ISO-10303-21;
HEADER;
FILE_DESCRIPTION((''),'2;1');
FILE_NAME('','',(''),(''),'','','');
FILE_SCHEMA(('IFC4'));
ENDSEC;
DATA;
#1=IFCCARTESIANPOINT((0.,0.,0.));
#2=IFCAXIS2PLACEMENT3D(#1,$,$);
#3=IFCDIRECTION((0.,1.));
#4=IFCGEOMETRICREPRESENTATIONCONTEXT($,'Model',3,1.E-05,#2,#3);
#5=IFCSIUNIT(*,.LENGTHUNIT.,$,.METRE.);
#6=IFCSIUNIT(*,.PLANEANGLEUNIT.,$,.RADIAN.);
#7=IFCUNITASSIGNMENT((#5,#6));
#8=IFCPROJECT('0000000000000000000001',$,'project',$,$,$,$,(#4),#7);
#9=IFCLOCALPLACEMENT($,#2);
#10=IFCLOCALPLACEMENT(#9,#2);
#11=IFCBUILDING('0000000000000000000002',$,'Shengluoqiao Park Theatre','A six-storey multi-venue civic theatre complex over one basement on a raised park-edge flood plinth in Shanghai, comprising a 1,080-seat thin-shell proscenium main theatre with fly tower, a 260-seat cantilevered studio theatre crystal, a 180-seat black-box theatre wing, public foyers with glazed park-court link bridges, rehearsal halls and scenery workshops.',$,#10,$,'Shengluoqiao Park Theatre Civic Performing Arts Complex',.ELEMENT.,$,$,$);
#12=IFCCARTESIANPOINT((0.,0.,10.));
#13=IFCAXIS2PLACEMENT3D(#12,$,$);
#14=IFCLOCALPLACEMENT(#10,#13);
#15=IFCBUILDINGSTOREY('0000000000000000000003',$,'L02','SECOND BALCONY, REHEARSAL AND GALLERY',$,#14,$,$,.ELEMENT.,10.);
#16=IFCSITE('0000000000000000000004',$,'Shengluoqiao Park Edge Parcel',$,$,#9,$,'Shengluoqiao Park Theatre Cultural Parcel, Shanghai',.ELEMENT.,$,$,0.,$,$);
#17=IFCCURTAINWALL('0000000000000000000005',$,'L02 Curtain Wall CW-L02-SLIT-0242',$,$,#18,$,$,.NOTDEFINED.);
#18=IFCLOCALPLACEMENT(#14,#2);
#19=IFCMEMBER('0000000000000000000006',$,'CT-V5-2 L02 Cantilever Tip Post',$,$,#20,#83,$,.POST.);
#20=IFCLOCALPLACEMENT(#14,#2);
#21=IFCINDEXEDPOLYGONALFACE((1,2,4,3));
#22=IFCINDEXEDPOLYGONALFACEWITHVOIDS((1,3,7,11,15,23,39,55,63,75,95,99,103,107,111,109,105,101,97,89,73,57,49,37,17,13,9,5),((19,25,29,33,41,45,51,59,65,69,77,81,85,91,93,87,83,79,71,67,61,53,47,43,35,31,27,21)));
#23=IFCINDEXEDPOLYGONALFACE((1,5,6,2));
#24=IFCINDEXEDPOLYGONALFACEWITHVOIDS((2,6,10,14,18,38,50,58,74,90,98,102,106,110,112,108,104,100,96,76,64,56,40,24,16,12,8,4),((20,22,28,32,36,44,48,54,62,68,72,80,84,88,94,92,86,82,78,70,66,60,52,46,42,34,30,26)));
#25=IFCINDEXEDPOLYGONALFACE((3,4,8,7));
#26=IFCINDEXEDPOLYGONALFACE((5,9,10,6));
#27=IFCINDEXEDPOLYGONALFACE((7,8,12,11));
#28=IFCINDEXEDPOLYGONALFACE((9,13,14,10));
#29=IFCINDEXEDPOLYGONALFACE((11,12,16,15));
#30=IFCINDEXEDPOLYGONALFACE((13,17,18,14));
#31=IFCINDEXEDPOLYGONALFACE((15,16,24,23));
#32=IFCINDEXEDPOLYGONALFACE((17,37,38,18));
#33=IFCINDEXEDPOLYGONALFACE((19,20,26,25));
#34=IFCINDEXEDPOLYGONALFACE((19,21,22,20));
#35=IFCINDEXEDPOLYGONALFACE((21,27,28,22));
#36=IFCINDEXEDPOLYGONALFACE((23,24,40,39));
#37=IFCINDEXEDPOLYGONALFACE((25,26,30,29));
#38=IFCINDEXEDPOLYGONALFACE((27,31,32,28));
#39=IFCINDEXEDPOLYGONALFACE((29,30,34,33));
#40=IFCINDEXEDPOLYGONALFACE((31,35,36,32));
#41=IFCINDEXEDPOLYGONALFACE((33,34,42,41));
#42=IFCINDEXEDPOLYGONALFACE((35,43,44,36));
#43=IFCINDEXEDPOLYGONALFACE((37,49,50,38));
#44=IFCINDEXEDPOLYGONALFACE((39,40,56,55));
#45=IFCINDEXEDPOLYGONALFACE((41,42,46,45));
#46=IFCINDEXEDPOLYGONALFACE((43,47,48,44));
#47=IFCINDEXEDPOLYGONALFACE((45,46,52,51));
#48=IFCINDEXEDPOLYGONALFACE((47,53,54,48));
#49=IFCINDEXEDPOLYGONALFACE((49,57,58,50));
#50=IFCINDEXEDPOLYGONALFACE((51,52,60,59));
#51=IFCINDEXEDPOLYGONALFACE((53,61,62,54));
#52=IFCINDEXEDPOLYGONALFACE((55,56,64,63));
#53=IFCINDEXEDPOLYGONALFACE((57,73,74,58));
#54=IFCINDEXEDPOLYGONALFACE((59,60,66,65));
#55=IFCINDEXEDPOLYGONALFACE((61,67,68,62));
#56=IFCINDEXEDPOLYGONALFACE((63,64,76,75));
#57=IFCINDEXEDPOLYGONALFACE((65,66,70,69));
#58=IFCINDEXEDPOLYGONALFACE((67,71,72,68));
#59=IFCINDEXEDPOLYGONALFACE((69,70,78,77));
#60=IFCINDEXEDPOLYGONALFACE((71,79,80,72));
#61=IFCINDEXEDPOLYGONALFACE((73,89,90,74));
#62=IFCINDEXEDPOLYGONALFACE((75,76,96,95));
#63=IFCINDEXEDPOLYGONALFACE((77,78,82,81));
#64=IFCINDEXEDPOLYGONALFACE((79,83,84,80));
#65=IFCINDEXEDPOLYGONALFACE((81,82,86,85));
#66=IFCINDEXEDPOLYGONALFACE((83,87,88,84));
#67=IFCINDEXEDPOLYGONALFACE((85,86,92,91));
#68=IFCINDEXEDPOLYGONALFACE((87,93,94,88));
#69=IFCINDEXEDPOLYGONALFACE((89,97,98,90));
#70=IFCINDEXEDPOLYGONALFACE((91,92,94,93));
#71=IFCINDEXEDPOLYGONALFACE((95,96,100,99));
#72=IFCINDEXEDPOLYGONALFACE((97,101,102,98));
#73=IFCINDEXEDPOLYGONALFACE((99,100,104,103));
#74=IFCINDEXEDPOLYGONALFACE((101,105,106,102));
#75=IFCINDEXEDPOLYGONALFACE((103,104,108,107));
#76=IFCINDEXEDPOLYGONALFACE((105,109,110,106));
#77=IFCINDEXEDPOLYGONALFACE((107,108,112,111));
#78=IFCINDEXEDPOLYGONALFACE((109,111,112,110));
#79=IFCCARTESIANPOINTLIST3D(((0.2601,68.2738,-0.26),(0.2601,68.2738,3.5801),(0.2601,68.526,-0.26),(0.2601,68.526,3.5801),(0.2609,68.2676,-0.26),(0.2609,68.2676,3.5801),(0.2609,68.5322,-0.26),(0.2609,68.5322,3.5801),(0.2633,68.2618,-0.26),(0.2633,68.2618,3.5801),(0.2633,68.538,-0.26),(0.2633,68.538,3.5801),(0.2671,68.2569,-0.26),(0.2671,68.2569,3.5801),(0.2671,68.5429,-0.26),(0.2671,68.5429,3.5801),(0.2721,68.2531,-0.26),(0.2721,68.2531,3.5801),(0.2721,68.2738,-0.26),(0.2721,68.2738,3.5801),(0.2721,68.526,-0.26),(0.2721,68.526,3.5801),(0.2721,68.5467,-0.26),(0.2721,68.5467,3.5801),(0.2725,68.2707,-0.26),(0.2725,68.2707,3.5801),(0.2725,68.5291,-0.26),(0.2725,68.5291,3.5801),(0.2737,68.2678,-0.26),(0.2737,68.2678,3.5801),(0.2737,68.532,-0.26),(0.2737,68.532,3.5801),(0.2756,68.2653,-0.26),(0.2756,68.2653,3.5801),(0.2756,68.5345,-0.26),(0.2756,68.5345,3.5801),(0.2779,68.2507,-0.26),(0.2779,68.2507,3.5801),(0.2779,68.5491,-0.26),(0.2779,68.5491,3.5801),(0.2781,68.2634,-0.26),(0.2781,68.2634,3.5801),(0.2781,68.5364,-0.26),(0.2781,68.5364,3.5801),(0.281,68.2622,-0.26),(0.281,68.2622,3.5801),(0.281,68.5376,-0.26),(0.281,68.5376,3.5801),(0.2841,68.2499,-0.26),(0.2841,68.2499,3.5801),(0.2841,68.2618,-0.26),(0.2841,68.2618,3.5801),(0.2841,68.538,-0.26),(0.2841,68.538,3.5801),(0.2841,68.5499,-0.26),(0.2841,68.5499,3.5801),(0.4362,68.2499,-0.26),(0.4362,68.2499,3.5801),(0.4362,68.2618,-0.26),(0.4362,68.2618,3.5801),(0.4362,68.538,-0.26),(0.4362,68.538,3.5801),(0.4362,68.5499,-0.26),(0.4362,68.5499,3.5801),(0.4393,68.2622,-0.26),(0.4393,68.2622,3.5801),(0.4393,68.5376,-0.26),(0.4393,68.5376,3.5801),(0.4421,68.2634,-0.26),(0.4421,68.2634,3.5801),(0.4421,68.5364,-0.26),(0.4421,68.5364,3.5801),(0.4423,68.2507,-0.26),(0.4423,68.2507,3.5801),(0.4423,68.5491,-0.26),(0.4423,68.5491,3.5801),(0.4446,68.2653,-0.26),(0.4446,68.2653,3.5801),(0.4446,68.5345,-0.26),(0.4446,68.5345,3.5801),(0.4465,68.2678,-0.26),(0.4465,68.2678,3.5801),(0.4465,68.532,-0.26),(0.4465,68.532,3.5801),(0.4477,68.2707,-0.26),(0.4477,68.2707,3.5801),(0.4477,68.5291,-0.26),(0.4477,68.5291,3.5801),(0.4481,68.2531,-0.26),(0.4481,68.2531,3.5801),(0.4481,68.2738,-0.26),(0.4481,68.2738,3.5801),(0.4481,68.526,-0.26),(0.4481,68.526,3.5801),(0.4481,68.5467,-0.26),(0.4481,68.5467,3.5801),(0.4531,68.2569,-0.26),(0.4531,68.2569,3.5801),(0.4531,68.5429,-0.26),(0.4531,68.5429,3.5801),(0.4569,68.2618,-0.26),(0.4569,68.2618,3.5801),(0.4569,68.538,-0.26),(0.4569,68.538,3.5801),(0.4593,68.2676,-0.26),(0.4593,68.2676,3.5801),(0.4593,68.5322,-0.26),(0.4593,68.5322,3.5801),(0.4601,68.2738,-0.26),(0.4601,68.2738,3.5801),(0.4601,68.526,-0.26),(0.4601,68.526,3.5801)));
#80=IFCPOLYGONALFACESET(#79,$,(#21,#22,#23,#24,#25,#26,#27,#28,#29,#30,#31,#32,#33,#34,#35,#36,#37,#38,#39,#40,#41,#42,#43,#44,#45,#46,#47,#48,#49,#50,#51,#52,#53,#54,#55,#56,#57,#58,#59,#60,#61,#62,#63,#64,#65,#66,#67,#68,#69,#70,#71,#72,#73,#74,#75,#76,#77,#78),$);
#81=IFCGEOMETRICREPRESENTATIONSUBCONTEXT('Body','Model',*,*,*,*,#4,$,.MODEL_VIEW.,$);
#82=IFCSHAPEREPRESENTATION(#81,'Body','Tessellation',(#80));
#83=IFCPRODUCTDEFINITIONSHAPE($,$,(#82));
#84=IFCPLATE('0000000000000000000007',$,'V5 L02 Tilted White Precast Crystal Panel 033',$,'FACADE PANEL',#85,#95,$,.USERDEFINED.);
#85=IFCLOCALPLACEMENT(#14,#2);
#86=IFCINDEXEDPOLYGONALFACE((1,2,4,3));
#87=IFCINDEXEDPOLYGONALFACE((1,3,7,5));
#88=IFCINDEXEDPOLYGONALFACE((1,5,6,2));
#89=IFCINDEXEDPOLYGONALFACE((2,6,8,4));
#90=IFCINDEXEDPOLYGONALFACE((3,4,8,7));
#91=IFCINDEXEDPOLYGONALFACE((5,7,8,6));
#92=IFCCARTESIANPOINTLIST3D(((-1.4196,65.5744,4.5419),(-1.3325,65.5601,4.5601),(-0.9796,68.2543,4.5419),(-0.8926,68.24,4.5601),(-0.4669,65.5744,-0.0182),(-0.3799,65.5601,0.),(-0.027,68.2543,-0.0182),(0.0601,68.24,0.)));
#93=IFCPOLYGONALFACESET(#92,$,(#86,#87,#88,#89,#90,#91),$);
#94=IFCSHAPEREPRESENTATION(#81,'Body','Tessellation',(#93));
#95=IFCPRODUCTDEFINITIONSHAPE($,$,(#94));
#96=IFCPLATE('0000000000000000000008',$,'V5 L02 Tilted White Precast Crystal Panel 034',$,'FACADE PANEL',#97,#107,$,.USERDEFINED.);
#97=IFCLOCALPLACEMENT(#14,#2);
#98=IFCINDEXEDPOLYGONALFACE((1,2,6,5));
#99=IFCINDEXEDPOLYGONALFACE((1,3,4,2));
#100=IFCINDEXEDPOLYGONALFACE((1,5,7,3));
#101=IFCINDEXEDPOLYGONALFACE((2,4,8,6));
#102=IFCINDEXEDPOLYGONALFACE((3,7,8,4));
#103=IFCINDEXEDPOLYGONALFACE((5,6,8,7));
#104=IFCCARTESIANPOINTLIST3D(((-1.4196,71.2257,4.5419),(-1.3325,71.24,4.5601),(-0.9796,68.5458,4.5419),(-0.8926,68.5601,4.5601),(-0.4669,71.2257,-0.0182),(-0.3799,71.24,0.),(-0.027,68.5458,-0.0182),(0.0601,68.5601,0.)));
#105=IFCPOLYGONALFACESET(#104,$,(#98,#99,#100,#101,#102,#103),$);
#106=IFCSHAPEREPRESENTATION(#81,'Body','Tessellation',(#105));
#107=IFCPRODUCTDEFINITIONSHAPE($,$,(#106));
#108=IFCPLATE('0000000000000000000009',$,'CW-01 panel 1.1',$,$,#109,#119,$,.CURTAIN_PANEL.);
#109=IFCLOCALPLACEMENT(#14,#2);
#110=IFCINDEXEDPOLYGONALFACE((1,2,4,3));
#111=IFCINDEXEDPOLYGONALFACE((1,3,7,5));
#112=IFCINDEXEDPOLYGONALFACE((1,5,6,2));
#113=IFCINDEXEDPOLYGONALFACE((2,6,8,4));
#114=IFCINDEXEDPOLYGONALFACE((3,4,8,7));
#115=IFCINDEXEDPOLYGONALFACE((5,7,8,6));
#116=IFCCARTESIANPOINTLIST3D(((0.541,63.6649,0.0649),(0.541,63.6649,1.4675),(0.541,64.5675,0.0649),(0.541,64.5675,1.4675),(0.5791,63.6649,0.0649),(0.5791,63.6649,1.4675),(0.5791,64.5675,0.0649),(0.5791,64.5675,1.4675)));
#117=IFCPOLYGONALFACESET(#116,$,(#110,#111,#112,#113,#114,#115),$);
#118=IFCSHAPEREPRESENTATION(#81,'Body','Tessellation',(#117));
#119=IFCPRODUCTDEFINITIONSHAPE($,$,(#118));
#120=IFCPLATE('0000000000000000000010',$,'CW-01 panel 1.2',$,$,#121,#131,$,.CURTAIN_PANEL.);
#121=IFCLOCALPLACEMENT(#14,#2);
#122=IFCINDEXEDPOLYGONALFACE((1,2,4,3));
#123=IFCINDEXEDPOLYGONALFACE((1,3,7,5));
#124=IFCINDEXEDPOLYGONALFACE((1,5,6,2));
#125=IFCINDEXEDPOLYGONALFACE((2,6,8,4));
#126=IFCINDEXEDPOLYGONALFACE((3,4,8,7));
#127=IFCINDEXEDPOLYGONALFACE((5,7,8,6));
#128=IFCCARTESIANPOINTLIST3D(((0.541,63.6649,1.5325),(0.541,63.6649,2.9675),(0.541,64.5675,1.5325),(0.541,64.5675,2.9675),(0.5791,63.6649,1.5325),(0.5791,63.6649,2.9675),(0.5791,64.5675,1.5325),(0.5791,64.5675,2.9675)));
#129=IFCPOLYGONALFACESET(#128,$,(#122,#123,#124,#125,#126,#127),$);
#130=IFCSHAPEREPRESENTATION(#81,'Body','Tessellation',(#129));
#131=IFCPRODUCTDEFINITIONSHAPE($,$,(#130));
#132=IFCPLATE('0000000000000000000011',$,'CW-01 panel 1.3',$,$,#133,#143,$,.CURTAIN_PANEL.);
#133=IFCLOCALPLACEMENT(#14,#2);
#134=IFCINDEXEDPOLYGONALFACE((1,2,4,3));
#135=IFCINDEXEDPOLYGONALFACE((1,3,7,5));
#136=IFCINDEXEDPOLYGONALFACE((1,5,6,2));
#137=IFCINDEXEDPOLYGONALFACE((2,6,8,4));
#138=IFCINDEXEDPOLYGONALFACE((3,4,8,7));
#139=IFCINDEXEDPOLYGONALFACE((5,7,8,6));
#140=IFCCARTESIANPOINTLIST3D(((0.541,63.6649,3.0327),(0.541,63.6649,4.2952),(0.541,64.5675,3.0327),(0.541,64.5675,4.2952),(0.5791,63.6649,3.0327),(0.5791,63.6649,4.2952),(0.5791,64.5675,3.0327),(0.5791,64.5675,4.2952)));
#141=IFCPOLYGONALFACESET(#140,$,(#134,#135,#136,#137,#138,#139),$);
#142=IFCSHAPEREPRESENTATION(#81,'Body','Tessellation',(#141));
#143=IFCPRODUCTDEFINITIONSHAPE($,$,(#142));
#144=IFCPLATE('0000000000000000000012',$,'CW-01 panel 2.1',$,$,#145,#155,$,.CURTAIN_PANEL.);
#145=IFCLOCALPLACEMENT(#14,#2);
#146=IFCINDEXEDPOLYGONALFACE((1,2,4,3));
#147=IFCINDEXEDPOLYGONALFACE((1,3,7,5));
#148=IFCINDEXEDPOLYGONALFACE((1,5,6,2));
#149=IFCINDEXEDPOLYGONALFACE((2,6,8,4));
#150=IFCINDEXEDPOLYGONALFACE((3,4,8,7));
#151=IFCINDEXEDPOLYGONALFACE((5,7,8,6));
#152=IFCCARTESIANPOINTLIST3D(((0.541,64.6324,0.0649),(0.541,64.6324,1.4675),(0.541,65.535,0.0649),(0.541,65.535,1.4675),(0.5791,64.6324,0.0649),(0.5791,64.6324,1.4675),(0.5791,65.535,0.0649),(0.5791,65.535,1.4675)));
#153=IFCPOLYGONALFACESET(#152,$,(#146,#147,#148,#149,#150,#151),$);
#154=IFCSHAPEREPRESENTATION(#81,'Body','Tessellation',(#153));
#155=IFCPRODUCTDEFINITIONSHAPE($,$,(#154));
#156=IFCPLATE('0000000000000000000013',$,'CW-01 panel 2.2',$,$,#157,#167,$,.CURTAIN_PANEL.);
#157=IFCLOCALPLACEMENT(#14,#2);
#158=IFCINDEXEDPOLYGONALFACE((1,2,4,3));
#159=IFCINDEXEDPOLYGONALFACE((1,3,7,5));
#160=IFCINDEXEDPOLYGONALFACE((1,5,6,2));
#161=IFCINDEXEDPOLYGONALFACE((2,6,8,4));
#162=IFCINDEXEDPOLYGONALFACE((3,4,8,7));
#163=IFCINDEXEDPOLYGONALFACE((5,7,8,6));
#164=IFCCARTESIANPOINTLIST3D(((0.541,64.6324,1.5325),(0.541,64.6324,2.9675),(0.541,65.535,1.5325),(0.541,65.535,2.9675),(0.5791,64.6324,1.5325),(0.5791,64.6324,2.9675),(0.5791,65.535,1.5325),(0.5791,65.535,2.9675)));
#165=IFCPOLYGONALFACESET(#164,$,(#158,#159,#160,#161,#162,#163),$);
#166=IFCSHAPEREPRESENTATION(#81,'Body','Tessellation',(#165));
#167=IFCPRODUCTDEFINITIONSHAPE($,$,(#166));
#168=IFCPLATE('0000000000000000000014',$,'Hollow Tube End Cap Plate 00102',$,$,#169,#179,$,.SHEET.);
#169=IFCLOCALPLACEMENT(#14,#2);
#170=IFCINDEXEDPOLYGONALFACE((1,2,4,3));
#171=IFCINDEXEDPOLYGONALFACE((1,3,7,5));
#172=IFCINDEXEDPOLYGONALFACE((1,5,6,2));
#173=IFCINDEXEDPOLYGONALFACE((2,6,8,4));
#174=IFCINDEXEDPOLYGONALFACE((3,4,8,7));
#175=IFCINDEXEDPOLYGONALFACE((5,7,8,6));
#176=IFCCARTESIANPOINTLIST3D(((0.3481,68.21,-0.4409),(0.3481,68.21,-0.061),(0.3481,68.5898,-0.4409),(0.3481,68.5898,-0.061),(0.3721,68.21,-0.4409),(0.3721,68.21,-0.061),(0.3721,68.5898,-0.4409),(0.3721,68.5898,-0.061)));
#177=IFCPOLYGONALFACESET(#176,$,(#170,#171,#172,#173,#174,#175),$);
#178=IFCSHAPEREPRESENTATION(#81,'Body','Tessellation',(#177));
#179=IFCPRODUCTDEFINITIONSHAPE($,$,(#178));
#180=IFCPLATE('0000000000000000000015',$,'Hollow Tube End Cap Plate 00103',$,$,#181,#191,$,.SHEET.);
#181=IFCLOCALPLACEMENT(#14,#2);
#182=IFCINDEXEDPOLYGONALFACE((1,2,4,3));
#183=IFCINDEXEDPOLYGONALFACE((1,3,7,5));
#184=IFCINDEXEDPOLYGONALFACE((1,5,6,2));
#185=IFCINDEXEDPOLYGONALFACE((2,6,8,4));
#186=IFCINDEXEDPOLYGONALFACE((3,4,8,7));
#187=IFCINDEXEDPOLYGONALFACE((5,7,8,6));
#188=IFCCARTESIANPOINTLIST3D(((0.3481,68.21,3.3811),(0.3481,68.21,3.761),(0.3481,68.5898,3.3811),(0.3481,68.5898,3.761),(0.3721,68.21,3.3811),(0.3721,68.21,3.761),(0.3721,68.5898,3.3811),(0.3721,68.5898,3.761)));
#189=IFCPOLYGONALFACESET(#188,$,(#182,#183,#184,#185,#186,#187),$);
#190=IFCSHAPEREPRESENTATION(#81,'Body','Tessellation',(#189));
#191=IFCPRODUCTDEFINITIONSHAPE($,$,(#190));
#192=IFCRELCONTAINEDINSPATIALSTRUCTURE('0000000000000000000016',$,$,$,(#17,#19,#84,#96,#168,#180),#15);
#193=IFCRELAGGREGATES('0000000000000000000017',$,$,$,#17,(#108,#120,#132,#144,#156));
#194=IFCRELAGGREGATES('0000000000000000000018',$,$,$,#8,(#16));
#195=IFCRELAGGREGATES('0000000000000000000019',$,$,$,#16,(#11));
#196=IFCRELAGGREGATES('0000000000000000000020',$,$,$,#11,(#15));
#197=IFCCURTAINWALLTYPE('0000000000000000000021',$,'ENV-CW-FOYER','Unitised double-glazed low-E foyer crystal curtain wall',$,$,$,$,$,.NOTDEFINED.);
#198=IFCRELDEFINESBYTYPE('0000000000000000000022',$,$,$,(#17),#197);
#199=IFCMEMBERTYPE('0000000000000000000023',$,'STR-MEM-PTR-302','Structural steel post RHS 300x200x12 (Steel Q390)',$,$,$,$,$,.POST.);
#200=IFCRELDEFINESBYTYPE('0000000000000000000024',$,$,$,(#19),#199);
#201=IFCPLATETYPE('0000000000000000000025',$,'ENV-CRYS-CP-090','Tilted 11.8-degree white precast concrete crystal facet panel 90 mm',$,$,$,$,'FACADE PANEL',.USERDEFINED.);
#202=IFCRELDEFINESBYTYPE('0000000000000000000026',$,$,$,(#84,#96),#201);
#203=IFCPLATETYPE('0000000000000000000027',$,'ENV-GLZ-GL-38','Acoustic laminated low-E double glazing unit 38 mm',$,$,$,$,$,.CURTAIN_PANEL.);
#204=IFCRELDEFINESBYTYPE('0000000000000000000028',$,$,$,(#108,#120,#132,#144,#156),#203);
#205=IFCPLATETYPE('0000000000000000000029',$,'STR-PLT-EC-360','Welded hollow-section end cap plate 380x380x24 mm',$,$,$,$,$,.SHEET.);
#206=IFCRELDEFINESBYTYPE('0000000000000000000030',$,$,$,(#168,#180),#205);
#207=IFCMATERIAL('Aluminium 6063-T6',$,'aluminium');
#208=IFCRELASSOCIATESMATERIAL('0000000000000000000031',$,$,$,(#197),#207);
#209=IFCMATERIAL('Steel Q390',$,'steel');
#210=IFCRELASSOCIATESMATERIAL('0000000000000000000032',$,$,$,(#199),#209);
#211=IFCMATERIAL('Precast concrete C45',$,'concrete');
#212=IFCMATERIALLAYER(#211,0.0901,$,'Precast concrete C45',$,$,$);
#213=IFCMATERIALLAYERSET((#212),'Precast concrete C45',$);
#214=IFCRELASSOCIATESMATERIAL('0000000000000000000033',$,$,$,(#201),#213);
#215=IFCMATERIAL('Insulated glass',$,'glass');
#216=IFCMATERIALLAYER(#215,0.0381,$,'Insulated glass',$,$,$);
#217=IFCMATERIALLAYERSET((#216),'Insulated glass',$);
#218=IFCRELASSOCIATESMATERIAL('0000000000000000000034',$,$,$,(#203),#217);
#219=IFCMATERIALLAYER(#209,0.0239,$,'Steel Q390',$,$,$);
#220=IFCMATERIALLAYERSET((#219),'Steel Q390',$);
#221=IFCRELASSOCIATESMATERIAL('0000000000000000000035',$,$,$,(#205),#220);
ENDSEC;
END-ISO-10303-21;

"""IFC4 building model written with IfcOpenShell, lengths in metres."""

from ifc_helpers import new_model, si_unit, direction, frame, origin, origin_2d, place, context, subcontext, project, spatial, polyline, rectangle, hollow_rectangle, outline, extrude, material, layer, layer_set, material_profile, profile_set, type_object, element, aggregate, save


model = new_model("IFC4")

# Units and contexts
model_context = context("Model", 3, precision=1e-05, world=origin(), true_north=direction((0.0, 1.0)))
body_context = subcontext(model_context, "Body", "Model", "MODEL_VIEW")
ifc_project = project(units=[si_unit("LENGTHUNIT", "METRE"), si_unit("PLANEANGLEUNIT", "RADIAN")], contexts=[model_context])

# Site, building, storey
site_placement = place(None, origin())
site = spatial("IfcSite", under=ifc_project, at=site_placement, Name="Shengluoqiao Park Edge Parcel", LongName="Shengluoqiao Park Theatre Cultural Parcel, Shanghai", CompositionType="ELEMENT", RefElevation=0.0)
building_placement = place(site_placement, origin())
building = spatial("IfcBuilding", under=site, at=building_placement, Name="Shengluoqiao Park Theatre", Description="A six-storey multi-venue civic theatre complex over one basement on a raised park-edge flood plinth in Shanghai, comprising a 1,080-seat thin-shell proscenium main theatre with fly tower, a 260-seat cantilevered studio theatre crystal, a 180-seat black-box theatre wing, public foyers with glazed park-court link bridges, rehearsal halls and scenery workshops.", LongName="Shengluoqiao Park Theatre Civic Performing Arts Complex", CompositionType="ELEMENT")
storey_placement = place(building_placement, frame((0.0, 0.0, 10.0)))
storey = spatial("IfcBuildingStorey", under=building, at=storey_placement, Name="L02", Description="SECOND BALCONY, REHEARSAL AND GALLERY", CompositionType="ELEMENT", Elevation=10.0)

# Curtain wall
ifc_material_1 = material(Name="Aluminium 6063-T6", Category="aluminium")
curtain_wall_type = type_object("IfcCurtainWallType", Name="ENV-CW-FOYER", Description="Unitised double-glazed low-E foyer crystal curtain wall", PredefinedType="NOTDEFINED", material=ifc_material_1)
curtain_wall_placement = place(storey_placement, origin())
curtain_wall = element("IfcCurtainWall", 1, at=curtain_wall_placement, inside=storey, type_object=curtain_wall_type, Name="L02 Curtain Wall CW-L02-SLIT-0242", PredefinedType="NOTDEFINED")

# Shared definitions
ifc_material_2 = material(Name="Steel Q390", Category="steel")

# Member
ifc_material_profile_1 = material_profile(ifc_material_2, hollow_rectangle(XDim=0.2, YDim=0.3, WallThickness=0.012, InnerFilletRadius=0.012, OuterFilletRadius=0.0239, at=origin_2d()), Name="RHS 300x200x12")
ifc_profile_set_1 = profile_set([ifc_material_profile_1], Name="Steel Q390")
member_type_1 = type_object("IfcMemberType", Name="STR-MEM-PTR-302", Description="Structural steel post RHS 300x200x12 (Steel Q390)", PredefinedType="POST", material=ifc_profile_set_1)
member_1_placement = place(storey_placement, frame((0.3601, 68.3999, -0.26), z_axis=(0.0, 0.0, 1.0), x_axis=(1.0, 0.0, 0.0)))
element("IfcMember", 2, at=member_1_placement, inside=storey, type_object=member_type_1, Name="CT-V5-2 L02 Cantilever Tip Post", PredefinedType="POST", context=body_context, shape_type="SweptSolid", body=[
    extrude(hollow_rectangle(XDim=0.2, YDim=0.3, WallThickness=0.012, InnerFilletRadius=0.012, OuterFilletRadius=0.0239, at=origin_2d()), origin(), (0.0, 0.0, 1.0), 3.8401),
])

# Plates
ifc_material_3 = material(Name="Precast concrete C45", Category="concrete")
ifc_layer_1 = layer(ifc_material_3, 0.0901, Name="Precast concrete C45")
ifc_layer_set_1 = layer_set([ifc_layer_1], Name="Precast concrete C45")
plate_type_1 = type_object("IfcPlateType", Name="ENV-CRYS-CP-090", Description="Tilted 11.8-degree white precast concrete crystal facet panel 90 mm", ElementType="FACADE PANEL", PredefinedType="USERDEFINED", material=ifc_layer_set_1)
plate_1_placement = place(storey_placement, frame((-0.3799, 65.5601, 0.0), z_axis=(0.966469, -0.158657, 0.201904), x_axis=(0.161993, 0.986792, 0.0)))
element("IfcPlate", 3, at=plate_1_placement, inside=storey, type_object=plate_type_1, Name="V5 L02 Tilted White Precast Crystal Panel 033", ObjectType="FACADE PANEL", PredefinedType="USERDEFINED", context=body_context, shape_type="SweptSolid", body=[
    extrude(outline(polyline([(0.0, 0.0), (2.7158, 0.0), (2.5615, 4.6559), (-0.1543, 4.6559), (0.0, 0.0)])), origin(), (0.0, 0.0, -1.0), 0.0901),
])
plate_2_placement = place(storey_placement, frame((0.0601, 68.5601, 0.0), z_axis=(0.966469, 0.158657, 0.201904), x_axis=(-0.161993, 0.986792, 0.0)))
element("IfcPlate", 4, at=plate_2_placement, inside=storey, type_object=plate_type_1, Name="V5 L02 Tilted White Precast Crystal Panel 034", ObjectType="FACADE PANEL", PredefinedType="USERDEFINED", context=body_context, shape_type="SweptSolid", body=[
    extrude(outline(polyline([(0.0, 0.0), (2.7158, 0.0), (2.8701, 4.6559), (0.1543, 4.6559), (0.0, 0.0)])), origin(), (0.0, 0.0, -1.0), 0.0901),
])

# Plates
ifc_material_4 = material(Name="Insulated glass", Category="glass")
ifc_layer_2 = layer(ifc_material_4, 0.0381, Name="Insulated glass")
ifc_layer_set_2 = layer_set([ifc_layer_2], Name="Insulated glass")
plate_type_2 = type_object("IfcPlateType", Name="ENV-GLZ-GL-38", Description="Acoustic laminated low-E double glazing unit 38 mm", PredefinedType="CURTAIN_PANEL", material=ifc_layer_set_2)
plate_3_placement = place(storey_placement, frame((0.5601, 64.1162, 0.0649), z_axis=(0.0, 0.0, 1.0), x_axis=(0.0, 1.0, 0.0)))
plate_3 = element("IfcPlate", 5, at=plate_3_placement, type_object=plate_type_2, Name="CW-01 panel 1.1", PredefinedType="CURTAIN_PANEL", context=body_context, shape_type="SweptSolid", body=[
    extrude(rectangle(XDim=0.9026, YDim=0.0381, at=origin_2d()), origin(), (0.0, 0.0, 1.0), 1.4026),
])
plate_4_placement = place(storey_placement, frame((0.5601, 64.1162, 1.5325), z_axis=(0.0, 0.0, 1.0), x_axis=(0.0, 1.0, 0.0)))
plate_4 = element("IfcPlate", 6, at=plate_4_placement, type_object=plate_type_2, Name="CW-01 panel 1.2", PredefinedType="CURTAIN_PANEL", context=body_context, shape_type="SweptSolid", body=[
    extrude(rectangle(XDim=0.9026, YDim=0.0381, at=origin_2d()), origin(), (0.0, 0.0, 1.0), 1.4351),
])
plate_5_placement = place(storey_placement, frame((0.5601, 64.1162, 3.0327), z_axis=(0.0, 0.0, 1.0), x_axis=(0.0, 1.0, 0.0)))
plate_5 = element("IfcPlate", 7, at=plate_5_placement, type_object=plate_type_2, Name="CW-01 panel 1.3", PredefinedType="CURTAIN_PANEL", context=body_context, shape_type="SweptSolid", body=[
    extrude(rectangle(XDim=0.9026, YDim=0.0381, at=origin_2d()), origin(), (0.0, 0.0, 1.0), 1.2625),
])
plate_6_placement = place(storey_placement, frame((0.5601, 65.0837, 0.0649), z_axis=(0.0, 0.0, 1.0), x_axis=(0.0, 1.0, 0.0)))
plate_6 = element("IfcPlate", 8, at=plate_6_placement, type_object=plate_type_2, Name="CW-01 panel 2.1", PredefinedType="CURTAIN_PANEL", context=body_context, shape_type="SweptSolid", body=[
    extrude(rectangle(XDim=0.9026, YDim=0.0381, at=origin_2d()), origin(), (0.0, 0.0, 1.0), 1.4026),
])
plate_7_placement = place(storey_placement, frame((0.5601, 65.0837, 1.5325), z_axis=(0.0, 0.0, 1.0), x_axis=(0.0, 1.0, 0.0)))
plate_7 = element("IfcPlate", 9, at=plate_7_placement, type_object=plate_type_2, Name="CW-01 panel 2.2", PredefinedType="CURTAIN_PANEL", context=body_context, shape_type="SweptSolid", body=[
    extrude(rectangle(XDim=0.9026, YDim=0.0381, at=origin_2d()), origin(), (0.0, 0.0, 1.0), 1.4351),
])
aggregate(curtain_wall, [plate_3, plate_4, plate_5, plate_6, plate_7])

# Plates
ifc_layer_3 = layer(ifc_material_2, 0.0239, Name="Steel Q390")
ifc_layer_set_3 = layer_set([ifc_layer_3], Name="Steel Q390")
plate_type_3 = type_object("IfcPlateType", Name="STR-PLT-EC-360", Description="Welded hollow-section end cap plate 380x380x24 mm", PredefinedType="SHEET", material=ifc_layer_set_3)
for number, where, z_axis, x_axis, name in (
    (10, (0.3601, 68.3999, -0.4409), (0.0, 0.0, 1.0), (1.0, 0.0, 0.0), "Hollow Tube End Cap Plate 00102"),
    (11, (0.3601, 68.3999, 3.3811), (0.0, 0.0, 1.0), (1.0, 0.0, 0.0), "Hollow Tube End Cap Plate 00103"),
):
    element("IfcPlate", number, at=place(storey_placement, frame(where, z_axis=z_axis, x_axis=x_axis)), inside=storey, type_object=plate_type_3, Name=name, PredefinedType="SHEET", context=body_context, shape_type="SweptSolid", body=[
        extrude(rectangle(XDim=0.0239, YDim=0.3799, at=origin_2d()), origin(), (0.0, 0.0, 1.0), 0.3799),
    ])

save(model, "model.ifc")
